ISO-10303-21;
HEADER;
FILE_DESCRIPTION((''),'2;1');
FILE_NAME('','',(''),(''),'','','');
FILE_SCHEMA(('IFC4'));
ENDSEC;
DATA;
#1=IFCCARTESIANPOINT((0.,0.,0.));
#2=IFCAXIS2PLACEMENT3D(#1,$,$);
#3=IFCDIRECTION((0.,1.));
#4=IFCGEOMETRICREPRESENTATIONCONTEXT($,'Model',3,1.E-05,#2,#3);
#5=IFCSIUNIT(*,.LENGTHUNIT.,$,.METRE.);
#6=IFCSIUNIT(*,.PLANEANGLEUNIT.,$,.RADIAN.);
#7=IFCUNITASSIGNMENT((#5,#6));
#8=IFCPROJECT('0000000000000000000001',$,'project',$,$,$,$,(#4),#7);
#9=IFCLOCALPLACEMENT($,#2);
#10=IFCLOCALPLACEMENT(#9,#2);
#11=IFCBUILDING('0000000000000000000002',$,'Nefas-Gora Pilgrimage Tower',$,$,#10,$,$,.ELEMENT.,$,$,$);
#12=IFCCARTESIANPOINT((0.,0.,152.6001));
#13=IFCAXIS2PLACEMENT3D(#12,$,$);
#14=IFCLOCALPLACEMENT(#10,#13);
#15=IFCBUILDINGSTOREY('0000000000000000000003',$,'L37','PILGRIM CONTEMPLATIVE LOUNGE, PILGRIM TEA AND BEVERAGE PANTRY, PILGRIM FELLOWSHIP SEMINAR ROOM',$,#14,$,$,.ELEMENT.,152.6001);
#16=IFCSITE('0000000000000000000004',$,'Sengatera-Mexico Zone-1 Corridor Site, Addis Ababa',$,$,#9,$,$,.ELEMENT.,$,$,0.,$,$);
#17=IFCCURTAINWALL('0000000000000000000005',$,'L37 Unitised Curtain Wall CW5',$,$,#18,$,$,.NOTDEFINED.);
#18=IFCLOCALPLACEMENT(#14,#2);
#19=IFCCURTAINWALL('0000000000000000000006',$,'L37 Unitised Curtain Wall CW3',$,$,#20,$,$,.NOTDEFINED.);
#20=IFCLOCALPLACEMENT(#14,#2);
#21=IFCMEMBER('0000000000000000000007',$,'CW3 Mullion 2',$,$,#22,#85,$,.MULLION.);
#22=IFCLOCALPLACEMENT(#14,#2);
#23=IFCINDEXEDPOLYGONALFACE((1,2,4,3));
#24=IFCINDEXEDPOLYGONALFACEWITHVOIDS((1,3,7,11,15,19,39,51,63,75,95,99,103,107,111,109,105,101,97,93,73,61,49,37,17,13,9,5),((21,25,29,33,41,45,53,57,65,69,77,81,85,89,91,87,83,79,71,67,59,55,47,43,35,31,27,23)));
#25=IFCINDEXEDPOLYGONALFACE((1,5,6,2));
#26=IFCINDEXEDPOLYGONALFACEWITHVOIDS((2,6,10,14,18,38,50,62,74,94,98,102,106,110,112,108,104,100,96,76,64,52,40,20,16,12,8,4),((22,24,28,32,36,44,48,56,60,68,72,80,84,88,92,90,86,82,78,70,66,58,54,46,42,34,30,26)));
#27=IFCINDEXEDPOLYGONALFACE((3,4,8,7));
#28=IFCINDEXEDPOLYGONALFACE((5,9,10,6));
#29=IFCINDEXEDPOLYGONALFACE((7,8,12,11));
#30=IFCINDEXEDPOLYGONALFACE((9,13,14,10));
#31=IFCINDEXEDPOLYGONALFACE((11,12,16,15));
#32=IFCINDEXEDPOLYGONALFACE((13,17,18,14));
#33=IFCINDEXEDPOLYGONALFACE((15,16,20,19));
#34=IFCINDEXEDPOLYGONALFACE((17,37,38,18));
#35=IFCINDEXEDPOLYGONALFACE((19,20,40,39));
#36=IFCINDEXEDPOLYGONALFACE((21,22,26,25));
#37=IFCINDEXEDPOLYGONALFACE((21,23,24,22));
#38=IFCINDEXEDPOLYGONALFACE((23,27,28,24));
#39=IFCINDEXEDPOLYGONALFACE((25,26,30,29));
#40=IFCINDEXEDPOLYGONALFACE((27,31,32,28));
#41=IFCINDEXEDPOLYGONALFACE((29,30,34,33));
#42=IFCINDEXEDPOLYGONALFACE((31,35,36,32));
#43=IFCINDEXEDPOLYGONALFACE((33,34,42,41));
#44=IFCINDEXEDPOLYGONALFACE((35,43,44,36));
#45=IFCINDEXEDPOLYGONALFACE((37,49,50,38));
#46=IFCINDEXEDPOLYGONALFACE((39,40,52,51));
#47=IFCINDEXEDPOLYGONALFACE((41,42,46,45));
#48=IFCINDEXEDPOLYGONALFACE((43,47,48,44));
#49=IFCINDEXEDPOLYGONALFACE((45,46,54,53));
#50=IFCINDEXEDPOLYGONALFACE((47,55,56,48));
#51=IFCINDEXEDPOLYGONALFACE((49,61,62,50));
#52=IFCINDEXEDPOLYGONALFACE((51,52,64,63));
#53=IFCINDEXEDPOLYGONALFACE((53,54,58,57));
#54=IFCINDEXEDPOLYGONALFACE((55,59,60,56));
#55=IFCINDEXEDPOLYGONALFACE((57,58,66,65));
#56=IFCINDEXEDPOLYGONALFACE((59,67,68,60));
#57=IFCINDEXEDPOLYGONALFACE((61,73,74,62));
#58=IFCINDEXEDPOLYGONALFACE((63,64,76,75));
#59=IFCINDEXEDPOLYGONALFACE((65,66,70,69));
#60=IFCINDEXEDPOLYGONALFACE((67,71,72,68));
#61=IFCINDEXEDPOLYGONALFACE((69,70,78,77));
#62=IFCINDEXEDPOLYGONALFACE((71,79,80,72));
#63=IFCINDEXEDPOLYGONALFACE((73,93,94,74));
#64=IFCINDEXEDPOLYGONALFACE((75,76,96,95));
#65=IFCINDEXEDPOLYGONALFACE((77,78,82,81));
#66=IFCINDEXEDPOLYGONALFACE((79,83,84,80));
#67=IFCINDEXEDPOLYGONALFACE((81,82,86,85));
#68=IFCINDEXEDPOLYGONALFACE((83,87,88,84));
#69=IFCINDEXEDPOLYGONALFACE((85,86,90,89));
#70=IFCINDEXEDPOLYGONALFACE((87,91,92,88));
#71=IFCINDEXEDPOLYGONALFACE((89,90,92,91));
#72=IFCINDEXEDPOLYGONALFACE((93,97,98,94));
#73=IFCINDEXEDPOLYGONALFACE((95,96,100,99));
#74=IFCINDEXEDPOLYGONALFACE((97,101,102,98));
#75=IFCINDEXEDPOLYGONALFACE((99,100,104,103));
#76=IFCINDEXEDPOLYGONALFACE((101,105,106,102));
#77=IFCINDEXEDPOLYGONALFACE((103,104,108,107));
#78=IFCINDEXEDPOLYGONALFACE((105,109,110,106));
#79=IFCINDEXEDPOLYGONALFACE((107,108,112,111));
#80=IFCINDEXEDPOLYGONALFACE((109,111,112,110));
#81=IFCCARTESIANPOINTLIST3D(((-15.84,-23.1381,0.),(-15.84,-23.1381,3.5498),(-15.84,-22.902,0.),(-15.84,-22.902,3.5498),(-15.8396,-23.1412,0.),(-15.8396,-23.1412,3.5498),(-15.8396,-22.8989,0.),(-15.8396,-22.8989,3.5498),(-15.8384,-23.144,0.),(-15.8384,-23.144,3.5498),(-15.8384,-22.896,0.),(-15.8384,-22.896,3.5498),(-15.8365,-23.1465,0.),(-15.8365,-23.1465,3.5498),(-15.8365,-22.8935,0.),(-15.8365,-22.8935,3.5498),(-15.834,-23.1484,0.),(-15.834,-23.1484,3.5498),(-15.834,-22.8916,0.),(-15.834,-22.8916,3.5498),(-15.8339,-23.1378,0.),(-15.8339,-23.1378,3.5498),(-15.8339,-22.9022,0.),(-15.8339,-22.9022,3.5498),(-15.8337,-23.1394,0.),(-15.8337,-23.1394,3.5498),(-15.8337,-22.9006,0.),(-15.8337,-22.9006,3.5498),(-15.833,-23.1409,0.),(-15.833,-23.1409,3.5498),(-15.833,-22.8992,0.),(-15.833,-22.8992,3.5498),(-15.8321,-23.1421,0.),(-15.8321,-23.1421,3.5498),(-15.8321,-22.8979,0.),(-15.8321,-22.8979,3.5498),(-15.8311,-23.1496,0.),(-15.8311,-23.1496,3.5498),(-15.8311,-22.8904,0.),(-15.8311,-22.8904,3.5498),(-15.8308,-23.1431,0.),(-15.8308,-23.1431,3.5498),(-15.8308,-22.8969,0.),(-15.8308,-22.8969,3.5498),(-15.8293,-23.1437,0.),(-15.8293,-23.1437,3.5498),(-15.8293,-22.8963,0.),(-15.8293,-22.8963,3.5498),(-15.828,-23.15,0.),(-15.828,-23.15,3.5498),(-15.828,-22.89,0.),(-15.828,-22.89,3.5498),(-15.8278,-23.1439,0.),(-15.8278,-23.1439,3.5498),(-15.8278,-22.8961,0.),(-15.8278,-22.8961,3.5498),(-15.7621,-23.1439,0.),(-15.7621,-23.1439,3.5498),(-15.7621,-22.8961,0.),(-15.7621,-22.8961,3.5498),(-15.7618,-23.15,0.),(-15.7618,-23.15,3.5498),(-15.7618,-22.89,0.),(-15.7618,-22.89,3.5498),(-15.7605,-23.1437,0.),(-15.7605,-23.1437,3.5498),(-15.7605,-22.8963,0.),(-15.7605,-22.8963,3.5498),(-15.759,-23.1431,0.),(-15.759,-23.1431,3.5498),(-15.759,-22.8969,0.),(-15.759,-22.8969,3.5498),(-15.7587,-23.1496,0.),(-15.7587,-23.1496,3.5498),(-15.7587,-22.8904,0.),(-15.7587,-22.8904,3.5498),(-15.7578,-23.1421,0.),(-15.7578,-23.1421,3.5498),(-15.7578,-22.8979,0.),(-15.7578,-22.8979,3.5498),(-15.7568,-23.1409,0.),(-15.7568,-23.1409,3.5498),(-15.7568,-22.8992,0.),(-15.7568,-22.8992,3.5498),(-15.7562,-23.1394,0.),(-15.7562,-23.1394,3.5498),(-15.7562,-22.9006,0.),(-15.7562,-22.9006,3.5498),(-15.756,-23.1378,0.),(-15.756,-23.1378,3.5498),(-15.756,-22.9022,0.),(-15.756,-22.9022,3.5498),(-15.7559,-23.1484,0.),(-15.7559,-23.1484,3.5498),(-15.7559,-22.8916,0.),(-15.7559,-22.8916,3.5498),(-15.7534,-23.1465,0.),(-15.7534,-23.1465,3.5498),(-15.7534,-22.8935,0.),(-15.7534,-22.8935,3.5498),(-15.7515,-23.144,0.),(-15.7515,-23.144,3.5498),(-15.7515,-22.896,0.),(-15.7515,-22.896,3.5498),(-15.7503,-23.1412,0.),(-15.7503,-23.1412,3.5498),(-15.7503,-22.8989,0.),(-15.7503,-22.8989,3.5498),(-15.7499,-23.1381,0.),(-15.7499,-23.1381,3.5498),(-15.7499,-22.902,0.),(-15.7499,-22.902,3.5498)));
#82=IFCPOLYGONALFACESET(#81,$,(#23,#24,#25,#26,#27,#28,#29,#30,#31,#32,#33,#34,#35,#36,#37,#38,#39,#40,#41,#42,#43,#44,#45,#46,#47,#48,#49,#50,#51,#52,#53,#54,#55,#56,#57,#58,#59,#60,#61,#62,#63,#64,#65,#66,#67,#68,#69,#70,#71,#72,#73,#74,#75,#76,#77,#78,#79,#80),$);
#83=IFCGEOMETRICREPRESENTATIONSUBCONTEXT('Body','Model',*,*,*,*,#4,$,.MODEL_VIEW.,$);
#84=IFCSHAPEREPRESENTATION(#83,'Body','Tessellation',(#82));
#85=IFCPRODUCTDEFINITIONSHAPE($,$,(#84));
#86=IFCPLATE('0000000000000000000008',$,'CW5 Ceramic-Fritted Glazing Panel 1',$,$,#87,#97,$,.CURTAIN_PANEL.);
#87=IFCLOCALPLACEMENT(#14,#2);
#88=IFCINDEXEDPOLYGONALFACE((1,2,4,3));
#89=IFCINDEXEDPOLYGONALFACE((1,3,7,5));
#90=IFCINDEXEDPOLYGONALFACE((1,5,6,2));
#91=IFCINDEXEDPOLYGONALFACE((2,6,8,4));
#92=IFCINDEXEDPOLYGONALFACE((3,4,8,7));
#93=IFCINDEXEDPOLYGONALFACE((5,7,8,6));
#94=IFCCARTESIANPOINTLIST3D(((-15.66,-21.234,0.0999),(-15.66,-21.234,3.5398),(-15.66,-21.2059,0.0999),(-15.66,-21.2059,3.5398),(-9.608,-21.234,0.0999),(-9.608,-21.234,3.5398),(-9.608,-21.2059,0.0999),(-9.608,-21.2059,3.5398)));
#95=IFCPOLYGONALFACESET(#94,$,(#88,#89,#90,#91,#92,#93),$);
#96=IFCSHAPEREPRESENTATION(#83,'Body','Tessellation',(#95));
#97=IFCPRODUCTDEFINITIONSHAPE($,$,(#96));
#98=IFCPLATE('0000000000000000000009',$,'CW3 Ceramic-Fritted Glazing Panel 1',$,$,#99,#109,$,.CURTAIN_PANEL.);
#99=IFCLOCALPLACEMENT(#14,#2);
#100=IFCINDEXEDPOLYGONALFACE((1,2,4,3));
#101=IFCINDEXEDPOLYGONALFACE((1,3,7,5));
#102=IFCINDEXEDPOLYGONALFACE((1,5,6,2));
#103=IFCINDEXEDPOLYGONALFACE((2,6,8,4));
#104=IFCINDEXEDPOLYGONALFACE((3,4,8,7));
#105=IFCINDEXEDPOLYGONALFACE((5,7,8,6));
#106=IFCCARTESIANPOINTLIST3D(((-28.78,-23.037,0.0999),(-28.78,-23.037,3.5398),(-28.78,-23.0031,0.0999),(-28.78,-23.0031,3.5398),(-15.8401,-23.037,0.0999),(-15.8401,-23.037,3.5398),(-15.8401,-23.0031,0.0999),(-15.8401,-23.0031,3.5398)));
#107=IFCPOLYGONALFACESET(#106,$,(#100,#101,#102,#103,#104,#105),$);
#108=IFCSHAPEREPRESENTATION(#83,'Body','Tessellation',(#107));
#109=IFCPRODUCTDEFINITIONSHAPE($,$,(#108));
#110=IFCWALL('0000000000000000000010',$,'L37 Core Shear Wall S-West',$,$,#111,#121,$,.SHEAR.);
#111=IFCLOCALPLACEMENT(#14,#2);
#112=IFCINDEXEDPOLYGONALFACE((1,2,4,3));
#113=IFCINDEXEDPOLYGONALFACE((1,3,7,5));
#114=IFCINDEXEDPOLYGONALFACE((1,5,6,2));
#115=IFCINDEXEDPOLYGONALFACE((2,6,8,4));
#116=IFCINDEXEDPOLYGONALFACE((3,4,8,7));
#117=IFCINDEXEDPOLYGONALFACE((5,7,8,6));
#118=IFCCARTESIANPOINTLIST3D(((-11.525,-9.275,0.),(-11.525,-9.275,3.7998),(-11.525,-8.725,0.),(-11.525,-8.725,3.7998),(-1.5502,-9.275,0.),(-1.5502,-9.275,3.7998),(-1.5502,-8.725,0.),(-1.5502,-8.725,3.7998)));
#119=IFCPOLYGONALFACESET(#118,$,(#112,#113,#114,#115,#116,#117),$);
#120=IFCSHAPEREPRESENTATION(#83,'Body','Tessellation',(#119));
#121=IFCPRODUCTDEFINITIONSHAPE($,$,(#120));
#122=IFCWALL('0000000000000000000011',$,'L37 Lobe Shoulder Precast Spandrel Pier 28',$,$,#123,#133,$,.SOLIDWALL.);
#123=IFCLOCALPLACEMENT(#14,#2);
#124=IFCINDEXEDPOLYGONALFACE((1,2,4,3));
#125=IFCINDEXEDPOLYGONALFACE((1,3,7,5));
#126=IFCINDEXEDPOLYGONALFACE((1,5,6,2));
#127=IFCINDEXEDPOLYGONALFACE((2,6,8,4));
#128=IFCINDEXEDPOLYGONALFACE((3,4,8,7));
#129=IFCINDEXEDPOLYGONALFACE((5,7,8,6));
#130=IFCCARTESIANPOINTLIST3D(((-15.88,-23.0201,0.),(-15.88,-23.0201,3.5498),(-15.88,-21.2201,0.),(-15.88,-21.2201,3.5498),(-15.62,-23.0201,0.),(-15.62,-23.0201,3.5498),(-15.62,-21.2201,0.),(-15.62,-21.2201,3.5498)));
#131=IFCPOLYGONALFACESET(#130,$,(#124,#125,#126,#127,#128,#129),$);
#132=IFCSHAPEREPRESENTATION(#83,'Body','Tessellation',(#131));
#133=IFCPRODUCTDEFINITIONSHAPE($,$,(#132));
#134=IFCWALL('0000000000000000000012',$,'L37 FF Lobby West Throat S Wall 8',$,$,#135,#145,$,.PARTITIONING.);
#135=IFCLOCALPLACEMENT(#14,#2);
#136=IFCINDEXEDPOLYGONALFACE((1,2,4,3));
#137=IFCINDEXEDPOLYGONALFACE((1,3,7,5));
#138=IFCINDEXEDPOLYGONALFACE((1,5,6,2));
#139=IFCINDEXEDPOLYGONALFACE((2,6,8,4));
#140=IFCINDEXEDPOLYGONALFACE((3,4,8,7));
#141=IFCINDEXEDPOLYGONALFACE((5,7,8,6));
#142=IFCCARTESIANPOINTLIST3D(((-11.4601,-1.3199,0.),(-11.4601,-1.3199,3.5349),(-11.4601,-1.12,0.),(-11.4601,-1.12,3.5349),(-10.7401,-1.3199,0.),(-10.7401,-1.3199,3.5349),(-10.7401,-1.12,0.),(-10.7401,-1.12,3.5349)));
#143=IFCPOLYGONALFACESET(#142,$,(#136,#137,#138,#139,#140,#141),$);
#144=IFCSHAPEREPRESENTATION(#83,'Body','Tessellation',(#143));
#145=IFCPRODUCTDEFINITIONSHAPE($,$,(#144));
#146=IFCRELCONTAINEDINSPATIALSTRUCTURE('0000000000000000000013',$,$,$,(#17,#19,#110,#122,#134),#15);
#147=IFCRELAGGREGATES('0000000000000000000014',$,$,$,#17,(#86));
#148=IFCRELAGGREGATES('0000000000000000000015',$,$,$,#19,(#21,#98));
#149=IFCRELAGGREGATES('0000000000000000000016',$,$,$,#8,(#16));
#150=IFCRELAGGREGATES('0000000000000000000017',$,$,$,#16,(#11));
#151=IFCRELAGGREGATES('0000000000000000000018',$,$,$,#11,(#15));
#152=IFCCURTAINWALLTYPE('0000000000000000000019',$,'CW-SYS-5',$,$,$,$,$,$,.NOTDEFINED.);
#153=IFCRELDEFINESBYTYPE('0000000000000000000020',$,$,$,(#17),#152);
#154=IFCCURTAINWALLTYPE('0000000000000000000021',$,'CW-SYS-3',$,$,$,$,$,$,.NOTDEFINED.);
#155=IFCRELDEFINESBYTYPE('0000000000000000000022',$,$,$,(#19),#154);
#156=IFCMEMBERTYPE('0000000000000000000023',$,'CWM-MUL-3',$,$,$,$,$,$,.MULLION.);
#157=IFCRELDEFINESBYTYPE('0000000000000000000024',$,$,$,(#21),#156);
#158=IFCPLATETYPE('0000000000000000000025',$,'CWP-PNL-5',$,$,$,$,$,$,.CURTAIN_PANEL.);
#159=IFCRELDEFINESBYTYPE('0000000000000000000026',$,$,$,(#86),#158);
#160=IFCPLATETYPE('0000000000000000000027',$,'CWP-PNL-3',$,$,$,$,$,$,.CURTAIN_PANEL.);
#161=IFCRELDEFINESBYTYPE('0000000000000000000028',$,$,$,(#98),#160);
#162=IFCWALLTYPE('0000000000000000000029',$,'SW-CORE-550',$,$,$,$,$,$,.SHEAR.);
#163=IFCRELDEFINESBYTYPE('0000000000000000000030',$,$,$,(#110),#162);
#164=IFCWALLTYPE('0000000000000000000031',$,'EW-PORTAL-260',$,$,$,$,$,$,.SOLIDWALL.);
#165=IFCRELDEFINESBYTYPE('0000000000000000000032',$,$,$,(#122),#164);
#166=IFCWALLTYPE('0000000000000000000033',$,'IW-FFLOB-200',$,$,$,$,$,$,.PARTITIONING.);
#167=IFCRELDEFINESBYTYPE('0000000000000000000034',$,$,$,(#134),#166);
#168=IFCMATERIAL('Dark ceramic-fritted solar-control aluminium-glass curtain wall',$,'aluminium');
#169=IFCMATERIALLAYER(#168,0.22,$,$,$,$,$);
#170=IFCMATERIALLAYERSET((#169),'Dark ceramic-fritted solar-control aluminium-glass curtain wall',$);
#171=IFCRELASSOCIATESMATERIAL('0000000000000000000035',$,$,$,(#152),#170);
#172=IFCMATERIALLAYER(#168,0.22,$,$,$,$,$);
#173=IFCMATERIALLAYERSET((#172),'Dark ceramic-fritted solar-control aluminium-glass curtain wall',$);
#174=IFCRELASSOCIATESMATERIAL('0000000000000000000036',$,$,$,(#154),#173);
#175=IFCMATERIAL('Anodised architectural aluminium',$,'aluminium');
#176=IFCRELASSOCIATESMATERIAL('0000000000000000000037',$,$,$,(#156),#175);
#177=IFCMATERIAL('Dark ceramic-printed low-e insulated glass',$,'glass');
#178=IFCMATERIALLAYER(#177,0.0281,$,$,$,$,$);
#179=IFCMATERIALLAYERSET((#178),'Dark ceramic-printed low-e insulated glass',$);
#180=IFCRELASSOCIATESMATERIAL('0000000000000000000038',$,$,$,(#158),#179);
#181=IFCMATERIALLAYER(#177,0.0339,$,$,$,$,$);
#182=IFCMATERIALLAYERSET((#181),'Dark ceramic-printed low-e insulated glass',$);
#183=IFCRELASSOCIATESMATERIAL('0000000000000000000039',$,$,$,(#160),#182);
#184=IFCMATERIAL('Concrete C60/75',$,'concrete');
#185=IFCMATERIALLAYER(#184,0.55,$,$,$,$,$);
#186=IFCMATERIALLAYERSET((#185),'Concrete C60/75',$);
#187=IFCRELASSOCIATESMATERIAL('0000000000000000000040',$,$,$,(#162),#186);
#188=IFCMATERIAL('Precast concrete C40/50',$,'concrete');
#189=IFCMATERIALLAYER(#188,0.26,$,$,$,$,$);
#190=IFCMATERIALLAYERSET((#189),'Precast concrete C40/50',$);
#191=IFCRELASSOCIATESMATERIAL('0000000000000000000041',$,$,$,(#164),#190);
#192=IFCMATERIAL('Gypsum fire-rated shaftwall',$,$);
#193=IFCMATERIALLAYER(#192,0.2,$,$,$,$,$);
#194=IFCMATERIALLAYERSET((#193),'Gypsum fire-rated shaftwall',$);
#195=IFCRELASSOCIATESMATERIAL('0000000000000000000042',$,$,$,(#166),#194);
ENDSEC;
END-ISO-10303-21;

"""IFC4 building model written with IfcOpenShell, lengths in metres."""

from ifc_helpers import new_model, si_unit, direction, frame, frame_2d, origin, origin_2d, place, context, subcontext, project, spatial, rectangle, hollow_rectangle, extrude, source, transform, mapped, material, layer, layer_set, material_profile, profile_set, type_object, element, aggregate, save


model = new_model("IFC4")

# Units and contexts
model_context = context("Model", 3, precision=1e-05, world=origin(), true_north=direction((0.0, 1.0)))
body_context = subcontext(model_context, "Body", "Model", "MODEL_VIEW")
ifc_project = project(units=[si_unit("LENGTHUNIT", "METRE"), si_unit("PLANEANGLEUNIT", "RADIAN")], contexts=[model_context])

# Site, building, storey
site_placement = place(None, origin())
site = spatial("IfcSite", under=ifc_project, at=site_placement, Name="Sengatera-Mexico Zone-1 Corridor Site, Addis Ababa", CompositionType="ELEMENT", RefElevation=0.0)
building_placement = place(site_placement, origin())
building = spatial("IfcBuilding", under=site, at=building_placement, Name="Nefas-Gora Pilgrimage Tower", CompositionType="ELEMENT")
storey_placement = place(building_placement, frame((0.0, 0.0, 152.6001)))
storey = spatial("IfcBuildingStorey", under=building, at=storey_placement, Name="L37", Description="PILGRIM CONTEMPLATIVE LOUNGE, PILGRIM TEA AND BEVERAGE PANTRY, PILGRIM FELLOWSHIP SEMINAR ROOM", CompositionType="ELEMENT", Elevation=152.6001)

# Curtain wall
ifc_material_1 = material(Name="Dark ceramic-fritted solar-control aluminium-glass curtain wall", Category="aluminium")
ifc_layer_1 = layer(ifc_material_1, 0.22)
ifc_layer_set_1 = layer_set([ifc_layer_1], Name="Dark ceramic-fritted solar-control aluminium-glass curtain wall")
curtain_wall_type_1 = type_object("IfcCurtainWallType", Name="CW-SYS-5", PredefinedType="NOTDEFINED", material=ifc_layer_set_1)
curtain_wall_1_placement = place(storey_placement, origin())
curtain_wall_1 = element("IfcCurtainWall", 1, at=curtain_wall_1_placement, inside=storey, type_object=curtain_wall_type_1, Name="L37 Unitised Curtain Wall CW5", PredefinedType="NOTDEFINED")
ifc_material_2 = material(Name="Anodised architectural aluminium", Category="aluminium")

# Curtain wall, member
ifc_layer_2 = layer(ifc_material_1, 0.22)
ifc_layer_set_2 = layer_set([ifc_layer_2], Name="Dark ceramic-fritted solar-control aluminium-glass curtain wall")
curtain_wall_type_2 = type_object("IfcCurtainWallType", Name="CW-SYS-3", PredefinedType="NOTDEFINED", material=ifc_layer_set_2)
curtain_wall_2_placement = place(storey_placement, origin())
curtain_wall_2 = element("IfcCurtainWall", 2, at=curtain_wall_2_placement, inside=storey, type_object=curtain_wall_type_2, Name="L37 Unitised Curtain Wall CW3", PredefinedType="NOTDEFINED")
ifc_material_profile_1 = material_profile(ifc_material_2, hollow_rectangle(XDim=0.0901, YDim=0.26, WallThickness=0.0061, InnerFilletRadius=0.0061, OuterFilletRadius=0.012, at=origin_2d()), Name="ALU MULLION 90x260")
ifc_profile_set_1 = profile_set([ifc_material_profile_1], Name="Anodised architectural aluminium")
member_type_1 = type_object("IfcMemberType", Name="CWM-MUL-3", PredefinedType="MULLION", material=ifc_profile_set_1)
shared_shape_1 = source(origin(), body_context, "Body", "SweptSolid", [
    extrude(hollow_rectangle(XDim=0.0901, YDim=0.26, WallThickness=0.0061, InnerFilletRadius=0.0061, OuterFilletRadius=0.012, at=origin_2d()), origin(), (0.0, 0.0, 1.0), 3.5498),
])
member_1_placement = place(storey_placement, frame((-15.7949, -23.02, 0.0), z_axis=(0.0, 0.0, 1.0), x_axis=(1.0, 0.0, 0.0)))
member_1 = element("IfcMember", 3, at=member_1_placement, type_object=member_type_1, Name="CW3 Mullion 2", PredefinedType="MULLION", context=body_context, shape_type="MappedRepresentation", body=[
    mapped(shared_shape_1, transform((0.0, 0.0, 0.0), x_axis=(1.0, 0.0, 0.0), y_axis=(0.0, 1.0, 0.0), z_axis=(0.0, 0.0, 1.0), scale=1.0)),
])

# Plates
ifc_material_3 = material(Name="Dark ceramic-printed low-e insulated glass", Category="glass")
ifc_layer_3 = layer(ifc_material_3, 0.0281)
ifc_layer_set_3 = layer_set([ifc_layer_3], Name="Dark ceramic-printed low-e insulated glass")
plate_type_1 = type_object("IfcPlateType", Name="CWP-PNL-5", PredefinedType="CURTAIN_PANEL", material=ifc_layer_set_3)
shared_shape_2 = source(origin(), body_context, "Body", "SweptSolid", [
    extrude(rectangle(XDim=6.052, YDim=0.0281, at=origin_2d()), origin(), (0.0, 0.0, 1.0), 3.4399),
])
plate_1_placement = place(storey_placement, frame((-12.634, -21.22, 0.0999), z_axis=(0.0, 0.0, 1.0), x_axis=(1.0, 0.0, 0.0)))
plate_1 = element("IfcPlate", 4, at=plate_1_placement, type_object=plate_type_1, Name="CW5 Ceramic-Fritted Glazing Panel 1", PredefinedType="CURTAIN_PANEL", context=body_context, shape_type="MappedRepresentation", body=[
    mapped(shared_shape_2, transform((0.0, 0.0, 0.0), x_axis=(1.0, 0.0, 0.0), y_axis=(0.0, 1.0, 0.0), z_axis=(0.0, 0.0, 1.0), scale=1.0)),
])
aggregate(curtain_wall_1, [plate_1])
ifc_layer_4 = layer(ifc_material_3, 0.0339)
ifc_layer_set_4 = layer_set([ifc_layer_4], Name="Dark ceramic-printed low-e insulated glass")
plate_type_2 = type_object("IfcPlateType", Name="CWP-PNL-3", PredefinedType="CURTAIN_PANEL", material=ifc_layer_set_4)
shared_shape_3 = source(origin(), body_context, "Body", "SweptSolid", [
    extrude(rectangle(XDim=12.9399, YDim=0.0339, at=origin_2d()), origin(), (0.0, 0.0, 1.0), 3.4399),
])
plate_2_placement = place(storey_placement, frame((-22.3101, -23.02, 0.0999), z_axis=(0.0, 0.0, 1.0), x_axis=(1.0, 0.0, 0.0)))
plate_2 = element("IfcPlate", 5, at=plate_2_placement, type_object=plate_type_2, Name="CW3 Ceramic-Fritted Glazing Panel 1", PredefinedType="CURTAIN_PANEL", context=body_context, shape_type="MappedRepresentation", body=[
    mapped(shared_shape_3, transform((0.0, 0.0, 0.0), x_axis=(1.0, 0.0, 0.0), y_axis=(0.0, 1.0, 0.0), z_axis=(0.0, 0.0, 1.0), scale=1.0)),
])
aggregate(curtain_wall_2, [member_1, plate_2])

# Walls
ifc_material_4 = material(Name="Concrete C60/75", Category="concrete")
ifc_layer_5 = layer(ifc_material_4, 0.55)
ifc_layer_set_5 = layer_set([ifc_layer_5], Name="Concrete C60/75")
wall_type_1 = type_object("IfcWallType", Name="SW-CORE-550", PredefinedType="SHEAR", material=ifc_layer_set_5)
shared_shape_4 = source(origin(), body_context, "Body", "SweptSolid", [
    extrude(rectangle(XDim=9.9749, YDim=0.55, at=frame_2d((4.9873, 0.0))), origin(), (0.0, 0.0, 1.0), 3.7998),
])
wall_1_placement = place(storey_placement, frame((-11.5249, -9.0, 0.0), z_axis=(0.0, 0.0, 1.0), x_axis=(1.0, 0.0, 0.0)))
element("IfcWall", 6, at=wall_1_placement, inside=storey, type_object=wall_type_1, Name="L37 Core Shear Wall S-West", PredefinedType="SHEAR", context=body_context, shape_type="MappedRepresentation", body=[
    mapped(shared_shape_4, transform((0.0, 0.0, 0.0), x_axis=(1.0, 0.0, 0.0), y_axis=(0.0, 1.0, 0.0), z_axis=(0.0, 0.0, 1.0), scale=1.0)),
])
ifc_material_5 = material(Name="Precast concrete C40/50", Category="concrete")
ifc_layer_6 = layer(ifc_material_5, 0.26)
ifc_layer_set_6 = layer_set([ifc_layer_6], Name="Precast concrete C40/50")
wall_type_2 = type_object("IfcWallType", Name="EW-PORTAL-260", PredefinedType="SOLIDWALL", material=ifc_layer_set_6)
shared_shape_5 = source(origin(), body_context, "Body", "SweptSolid", [
    extrude(rectangle(XDim=1.8, YDim=0.26, at=frame_2d((0.8999, 0.0))), origin(), (0.0, 0.0, 1.0), 3.5498),
])
wall_2_placement = place(storey_placement, frame((-15.75, -23.02, 0.0), z_axis=(0.0, 0.0, 1.0), x_axis=(0.0, 1.0, 0.0)))
element("IfcWall", 7, at=wall_2_placement, inside=storey, type_object=wall_type_2, Name="L37 Lobe Shoulder Precast Spandrel Pier 28", PredefinedType="SOLIDWALL", context=body_context, shape_type="MappedRepresentation", body=[
    mapped(shared_shape_5, transform((0.0, 0.0, 0.0), x_axis=(1.0, 0.0, 0.0), y_axis=(0.0, 1.0, 0.0), z_axis=(0.0, 0.0, 1.0), scale=1.0)),
])
ifc_material_6 = material(Name="Gypsum fire-rated shaftwall")
ifc_layer_7 = layer(ifc_material_6, 0.2)
ifc_layer_set_7 = layer_set([ifc_layer_7], Name="Gypsum fire-rated shaftwall")
wall_type_3 = type_object("IfcWallType", Name="IW-FFLOB-200", PredefinedType="PARTITIONING", material=ifc_layer_set_7)
shared_shape_6 = source(origin(), body_context, "Body", "SweptSolid", [
    extrude(rectangle(XDim=0.72, YDim=0.2, at=frame_2d((0.3599, 0.0))), origin(), (0.0, 0.0, 1.0), 3.5349),
])
wall_3_placement = place(storey_placement, frame((-11.46, -1.22, 0.0), z_axis=(0.0, 0.0, 1.0), x_axis=(1.0, 0.0, 0.0)))
element("IfcWall", 8, at=wall_3_placement, inside=storey, type_object=wall_type_3, Name="L37 FF Lobby West Throat S Wall 8", PredefinedType="PARTITIONING", context=body_context, shape_type="MappedRepresentation", body=[
    mapped(shared_shape_6, transform((0.0, 0.0, 0.0), x_axis=(1.0, 0.0, 0.0), y_axis=(0.0, 1.0, 0.0), z_axis=(0.0, 0.0, 1.0), scale=1.0)),
])

save(model, "model.ifc")
